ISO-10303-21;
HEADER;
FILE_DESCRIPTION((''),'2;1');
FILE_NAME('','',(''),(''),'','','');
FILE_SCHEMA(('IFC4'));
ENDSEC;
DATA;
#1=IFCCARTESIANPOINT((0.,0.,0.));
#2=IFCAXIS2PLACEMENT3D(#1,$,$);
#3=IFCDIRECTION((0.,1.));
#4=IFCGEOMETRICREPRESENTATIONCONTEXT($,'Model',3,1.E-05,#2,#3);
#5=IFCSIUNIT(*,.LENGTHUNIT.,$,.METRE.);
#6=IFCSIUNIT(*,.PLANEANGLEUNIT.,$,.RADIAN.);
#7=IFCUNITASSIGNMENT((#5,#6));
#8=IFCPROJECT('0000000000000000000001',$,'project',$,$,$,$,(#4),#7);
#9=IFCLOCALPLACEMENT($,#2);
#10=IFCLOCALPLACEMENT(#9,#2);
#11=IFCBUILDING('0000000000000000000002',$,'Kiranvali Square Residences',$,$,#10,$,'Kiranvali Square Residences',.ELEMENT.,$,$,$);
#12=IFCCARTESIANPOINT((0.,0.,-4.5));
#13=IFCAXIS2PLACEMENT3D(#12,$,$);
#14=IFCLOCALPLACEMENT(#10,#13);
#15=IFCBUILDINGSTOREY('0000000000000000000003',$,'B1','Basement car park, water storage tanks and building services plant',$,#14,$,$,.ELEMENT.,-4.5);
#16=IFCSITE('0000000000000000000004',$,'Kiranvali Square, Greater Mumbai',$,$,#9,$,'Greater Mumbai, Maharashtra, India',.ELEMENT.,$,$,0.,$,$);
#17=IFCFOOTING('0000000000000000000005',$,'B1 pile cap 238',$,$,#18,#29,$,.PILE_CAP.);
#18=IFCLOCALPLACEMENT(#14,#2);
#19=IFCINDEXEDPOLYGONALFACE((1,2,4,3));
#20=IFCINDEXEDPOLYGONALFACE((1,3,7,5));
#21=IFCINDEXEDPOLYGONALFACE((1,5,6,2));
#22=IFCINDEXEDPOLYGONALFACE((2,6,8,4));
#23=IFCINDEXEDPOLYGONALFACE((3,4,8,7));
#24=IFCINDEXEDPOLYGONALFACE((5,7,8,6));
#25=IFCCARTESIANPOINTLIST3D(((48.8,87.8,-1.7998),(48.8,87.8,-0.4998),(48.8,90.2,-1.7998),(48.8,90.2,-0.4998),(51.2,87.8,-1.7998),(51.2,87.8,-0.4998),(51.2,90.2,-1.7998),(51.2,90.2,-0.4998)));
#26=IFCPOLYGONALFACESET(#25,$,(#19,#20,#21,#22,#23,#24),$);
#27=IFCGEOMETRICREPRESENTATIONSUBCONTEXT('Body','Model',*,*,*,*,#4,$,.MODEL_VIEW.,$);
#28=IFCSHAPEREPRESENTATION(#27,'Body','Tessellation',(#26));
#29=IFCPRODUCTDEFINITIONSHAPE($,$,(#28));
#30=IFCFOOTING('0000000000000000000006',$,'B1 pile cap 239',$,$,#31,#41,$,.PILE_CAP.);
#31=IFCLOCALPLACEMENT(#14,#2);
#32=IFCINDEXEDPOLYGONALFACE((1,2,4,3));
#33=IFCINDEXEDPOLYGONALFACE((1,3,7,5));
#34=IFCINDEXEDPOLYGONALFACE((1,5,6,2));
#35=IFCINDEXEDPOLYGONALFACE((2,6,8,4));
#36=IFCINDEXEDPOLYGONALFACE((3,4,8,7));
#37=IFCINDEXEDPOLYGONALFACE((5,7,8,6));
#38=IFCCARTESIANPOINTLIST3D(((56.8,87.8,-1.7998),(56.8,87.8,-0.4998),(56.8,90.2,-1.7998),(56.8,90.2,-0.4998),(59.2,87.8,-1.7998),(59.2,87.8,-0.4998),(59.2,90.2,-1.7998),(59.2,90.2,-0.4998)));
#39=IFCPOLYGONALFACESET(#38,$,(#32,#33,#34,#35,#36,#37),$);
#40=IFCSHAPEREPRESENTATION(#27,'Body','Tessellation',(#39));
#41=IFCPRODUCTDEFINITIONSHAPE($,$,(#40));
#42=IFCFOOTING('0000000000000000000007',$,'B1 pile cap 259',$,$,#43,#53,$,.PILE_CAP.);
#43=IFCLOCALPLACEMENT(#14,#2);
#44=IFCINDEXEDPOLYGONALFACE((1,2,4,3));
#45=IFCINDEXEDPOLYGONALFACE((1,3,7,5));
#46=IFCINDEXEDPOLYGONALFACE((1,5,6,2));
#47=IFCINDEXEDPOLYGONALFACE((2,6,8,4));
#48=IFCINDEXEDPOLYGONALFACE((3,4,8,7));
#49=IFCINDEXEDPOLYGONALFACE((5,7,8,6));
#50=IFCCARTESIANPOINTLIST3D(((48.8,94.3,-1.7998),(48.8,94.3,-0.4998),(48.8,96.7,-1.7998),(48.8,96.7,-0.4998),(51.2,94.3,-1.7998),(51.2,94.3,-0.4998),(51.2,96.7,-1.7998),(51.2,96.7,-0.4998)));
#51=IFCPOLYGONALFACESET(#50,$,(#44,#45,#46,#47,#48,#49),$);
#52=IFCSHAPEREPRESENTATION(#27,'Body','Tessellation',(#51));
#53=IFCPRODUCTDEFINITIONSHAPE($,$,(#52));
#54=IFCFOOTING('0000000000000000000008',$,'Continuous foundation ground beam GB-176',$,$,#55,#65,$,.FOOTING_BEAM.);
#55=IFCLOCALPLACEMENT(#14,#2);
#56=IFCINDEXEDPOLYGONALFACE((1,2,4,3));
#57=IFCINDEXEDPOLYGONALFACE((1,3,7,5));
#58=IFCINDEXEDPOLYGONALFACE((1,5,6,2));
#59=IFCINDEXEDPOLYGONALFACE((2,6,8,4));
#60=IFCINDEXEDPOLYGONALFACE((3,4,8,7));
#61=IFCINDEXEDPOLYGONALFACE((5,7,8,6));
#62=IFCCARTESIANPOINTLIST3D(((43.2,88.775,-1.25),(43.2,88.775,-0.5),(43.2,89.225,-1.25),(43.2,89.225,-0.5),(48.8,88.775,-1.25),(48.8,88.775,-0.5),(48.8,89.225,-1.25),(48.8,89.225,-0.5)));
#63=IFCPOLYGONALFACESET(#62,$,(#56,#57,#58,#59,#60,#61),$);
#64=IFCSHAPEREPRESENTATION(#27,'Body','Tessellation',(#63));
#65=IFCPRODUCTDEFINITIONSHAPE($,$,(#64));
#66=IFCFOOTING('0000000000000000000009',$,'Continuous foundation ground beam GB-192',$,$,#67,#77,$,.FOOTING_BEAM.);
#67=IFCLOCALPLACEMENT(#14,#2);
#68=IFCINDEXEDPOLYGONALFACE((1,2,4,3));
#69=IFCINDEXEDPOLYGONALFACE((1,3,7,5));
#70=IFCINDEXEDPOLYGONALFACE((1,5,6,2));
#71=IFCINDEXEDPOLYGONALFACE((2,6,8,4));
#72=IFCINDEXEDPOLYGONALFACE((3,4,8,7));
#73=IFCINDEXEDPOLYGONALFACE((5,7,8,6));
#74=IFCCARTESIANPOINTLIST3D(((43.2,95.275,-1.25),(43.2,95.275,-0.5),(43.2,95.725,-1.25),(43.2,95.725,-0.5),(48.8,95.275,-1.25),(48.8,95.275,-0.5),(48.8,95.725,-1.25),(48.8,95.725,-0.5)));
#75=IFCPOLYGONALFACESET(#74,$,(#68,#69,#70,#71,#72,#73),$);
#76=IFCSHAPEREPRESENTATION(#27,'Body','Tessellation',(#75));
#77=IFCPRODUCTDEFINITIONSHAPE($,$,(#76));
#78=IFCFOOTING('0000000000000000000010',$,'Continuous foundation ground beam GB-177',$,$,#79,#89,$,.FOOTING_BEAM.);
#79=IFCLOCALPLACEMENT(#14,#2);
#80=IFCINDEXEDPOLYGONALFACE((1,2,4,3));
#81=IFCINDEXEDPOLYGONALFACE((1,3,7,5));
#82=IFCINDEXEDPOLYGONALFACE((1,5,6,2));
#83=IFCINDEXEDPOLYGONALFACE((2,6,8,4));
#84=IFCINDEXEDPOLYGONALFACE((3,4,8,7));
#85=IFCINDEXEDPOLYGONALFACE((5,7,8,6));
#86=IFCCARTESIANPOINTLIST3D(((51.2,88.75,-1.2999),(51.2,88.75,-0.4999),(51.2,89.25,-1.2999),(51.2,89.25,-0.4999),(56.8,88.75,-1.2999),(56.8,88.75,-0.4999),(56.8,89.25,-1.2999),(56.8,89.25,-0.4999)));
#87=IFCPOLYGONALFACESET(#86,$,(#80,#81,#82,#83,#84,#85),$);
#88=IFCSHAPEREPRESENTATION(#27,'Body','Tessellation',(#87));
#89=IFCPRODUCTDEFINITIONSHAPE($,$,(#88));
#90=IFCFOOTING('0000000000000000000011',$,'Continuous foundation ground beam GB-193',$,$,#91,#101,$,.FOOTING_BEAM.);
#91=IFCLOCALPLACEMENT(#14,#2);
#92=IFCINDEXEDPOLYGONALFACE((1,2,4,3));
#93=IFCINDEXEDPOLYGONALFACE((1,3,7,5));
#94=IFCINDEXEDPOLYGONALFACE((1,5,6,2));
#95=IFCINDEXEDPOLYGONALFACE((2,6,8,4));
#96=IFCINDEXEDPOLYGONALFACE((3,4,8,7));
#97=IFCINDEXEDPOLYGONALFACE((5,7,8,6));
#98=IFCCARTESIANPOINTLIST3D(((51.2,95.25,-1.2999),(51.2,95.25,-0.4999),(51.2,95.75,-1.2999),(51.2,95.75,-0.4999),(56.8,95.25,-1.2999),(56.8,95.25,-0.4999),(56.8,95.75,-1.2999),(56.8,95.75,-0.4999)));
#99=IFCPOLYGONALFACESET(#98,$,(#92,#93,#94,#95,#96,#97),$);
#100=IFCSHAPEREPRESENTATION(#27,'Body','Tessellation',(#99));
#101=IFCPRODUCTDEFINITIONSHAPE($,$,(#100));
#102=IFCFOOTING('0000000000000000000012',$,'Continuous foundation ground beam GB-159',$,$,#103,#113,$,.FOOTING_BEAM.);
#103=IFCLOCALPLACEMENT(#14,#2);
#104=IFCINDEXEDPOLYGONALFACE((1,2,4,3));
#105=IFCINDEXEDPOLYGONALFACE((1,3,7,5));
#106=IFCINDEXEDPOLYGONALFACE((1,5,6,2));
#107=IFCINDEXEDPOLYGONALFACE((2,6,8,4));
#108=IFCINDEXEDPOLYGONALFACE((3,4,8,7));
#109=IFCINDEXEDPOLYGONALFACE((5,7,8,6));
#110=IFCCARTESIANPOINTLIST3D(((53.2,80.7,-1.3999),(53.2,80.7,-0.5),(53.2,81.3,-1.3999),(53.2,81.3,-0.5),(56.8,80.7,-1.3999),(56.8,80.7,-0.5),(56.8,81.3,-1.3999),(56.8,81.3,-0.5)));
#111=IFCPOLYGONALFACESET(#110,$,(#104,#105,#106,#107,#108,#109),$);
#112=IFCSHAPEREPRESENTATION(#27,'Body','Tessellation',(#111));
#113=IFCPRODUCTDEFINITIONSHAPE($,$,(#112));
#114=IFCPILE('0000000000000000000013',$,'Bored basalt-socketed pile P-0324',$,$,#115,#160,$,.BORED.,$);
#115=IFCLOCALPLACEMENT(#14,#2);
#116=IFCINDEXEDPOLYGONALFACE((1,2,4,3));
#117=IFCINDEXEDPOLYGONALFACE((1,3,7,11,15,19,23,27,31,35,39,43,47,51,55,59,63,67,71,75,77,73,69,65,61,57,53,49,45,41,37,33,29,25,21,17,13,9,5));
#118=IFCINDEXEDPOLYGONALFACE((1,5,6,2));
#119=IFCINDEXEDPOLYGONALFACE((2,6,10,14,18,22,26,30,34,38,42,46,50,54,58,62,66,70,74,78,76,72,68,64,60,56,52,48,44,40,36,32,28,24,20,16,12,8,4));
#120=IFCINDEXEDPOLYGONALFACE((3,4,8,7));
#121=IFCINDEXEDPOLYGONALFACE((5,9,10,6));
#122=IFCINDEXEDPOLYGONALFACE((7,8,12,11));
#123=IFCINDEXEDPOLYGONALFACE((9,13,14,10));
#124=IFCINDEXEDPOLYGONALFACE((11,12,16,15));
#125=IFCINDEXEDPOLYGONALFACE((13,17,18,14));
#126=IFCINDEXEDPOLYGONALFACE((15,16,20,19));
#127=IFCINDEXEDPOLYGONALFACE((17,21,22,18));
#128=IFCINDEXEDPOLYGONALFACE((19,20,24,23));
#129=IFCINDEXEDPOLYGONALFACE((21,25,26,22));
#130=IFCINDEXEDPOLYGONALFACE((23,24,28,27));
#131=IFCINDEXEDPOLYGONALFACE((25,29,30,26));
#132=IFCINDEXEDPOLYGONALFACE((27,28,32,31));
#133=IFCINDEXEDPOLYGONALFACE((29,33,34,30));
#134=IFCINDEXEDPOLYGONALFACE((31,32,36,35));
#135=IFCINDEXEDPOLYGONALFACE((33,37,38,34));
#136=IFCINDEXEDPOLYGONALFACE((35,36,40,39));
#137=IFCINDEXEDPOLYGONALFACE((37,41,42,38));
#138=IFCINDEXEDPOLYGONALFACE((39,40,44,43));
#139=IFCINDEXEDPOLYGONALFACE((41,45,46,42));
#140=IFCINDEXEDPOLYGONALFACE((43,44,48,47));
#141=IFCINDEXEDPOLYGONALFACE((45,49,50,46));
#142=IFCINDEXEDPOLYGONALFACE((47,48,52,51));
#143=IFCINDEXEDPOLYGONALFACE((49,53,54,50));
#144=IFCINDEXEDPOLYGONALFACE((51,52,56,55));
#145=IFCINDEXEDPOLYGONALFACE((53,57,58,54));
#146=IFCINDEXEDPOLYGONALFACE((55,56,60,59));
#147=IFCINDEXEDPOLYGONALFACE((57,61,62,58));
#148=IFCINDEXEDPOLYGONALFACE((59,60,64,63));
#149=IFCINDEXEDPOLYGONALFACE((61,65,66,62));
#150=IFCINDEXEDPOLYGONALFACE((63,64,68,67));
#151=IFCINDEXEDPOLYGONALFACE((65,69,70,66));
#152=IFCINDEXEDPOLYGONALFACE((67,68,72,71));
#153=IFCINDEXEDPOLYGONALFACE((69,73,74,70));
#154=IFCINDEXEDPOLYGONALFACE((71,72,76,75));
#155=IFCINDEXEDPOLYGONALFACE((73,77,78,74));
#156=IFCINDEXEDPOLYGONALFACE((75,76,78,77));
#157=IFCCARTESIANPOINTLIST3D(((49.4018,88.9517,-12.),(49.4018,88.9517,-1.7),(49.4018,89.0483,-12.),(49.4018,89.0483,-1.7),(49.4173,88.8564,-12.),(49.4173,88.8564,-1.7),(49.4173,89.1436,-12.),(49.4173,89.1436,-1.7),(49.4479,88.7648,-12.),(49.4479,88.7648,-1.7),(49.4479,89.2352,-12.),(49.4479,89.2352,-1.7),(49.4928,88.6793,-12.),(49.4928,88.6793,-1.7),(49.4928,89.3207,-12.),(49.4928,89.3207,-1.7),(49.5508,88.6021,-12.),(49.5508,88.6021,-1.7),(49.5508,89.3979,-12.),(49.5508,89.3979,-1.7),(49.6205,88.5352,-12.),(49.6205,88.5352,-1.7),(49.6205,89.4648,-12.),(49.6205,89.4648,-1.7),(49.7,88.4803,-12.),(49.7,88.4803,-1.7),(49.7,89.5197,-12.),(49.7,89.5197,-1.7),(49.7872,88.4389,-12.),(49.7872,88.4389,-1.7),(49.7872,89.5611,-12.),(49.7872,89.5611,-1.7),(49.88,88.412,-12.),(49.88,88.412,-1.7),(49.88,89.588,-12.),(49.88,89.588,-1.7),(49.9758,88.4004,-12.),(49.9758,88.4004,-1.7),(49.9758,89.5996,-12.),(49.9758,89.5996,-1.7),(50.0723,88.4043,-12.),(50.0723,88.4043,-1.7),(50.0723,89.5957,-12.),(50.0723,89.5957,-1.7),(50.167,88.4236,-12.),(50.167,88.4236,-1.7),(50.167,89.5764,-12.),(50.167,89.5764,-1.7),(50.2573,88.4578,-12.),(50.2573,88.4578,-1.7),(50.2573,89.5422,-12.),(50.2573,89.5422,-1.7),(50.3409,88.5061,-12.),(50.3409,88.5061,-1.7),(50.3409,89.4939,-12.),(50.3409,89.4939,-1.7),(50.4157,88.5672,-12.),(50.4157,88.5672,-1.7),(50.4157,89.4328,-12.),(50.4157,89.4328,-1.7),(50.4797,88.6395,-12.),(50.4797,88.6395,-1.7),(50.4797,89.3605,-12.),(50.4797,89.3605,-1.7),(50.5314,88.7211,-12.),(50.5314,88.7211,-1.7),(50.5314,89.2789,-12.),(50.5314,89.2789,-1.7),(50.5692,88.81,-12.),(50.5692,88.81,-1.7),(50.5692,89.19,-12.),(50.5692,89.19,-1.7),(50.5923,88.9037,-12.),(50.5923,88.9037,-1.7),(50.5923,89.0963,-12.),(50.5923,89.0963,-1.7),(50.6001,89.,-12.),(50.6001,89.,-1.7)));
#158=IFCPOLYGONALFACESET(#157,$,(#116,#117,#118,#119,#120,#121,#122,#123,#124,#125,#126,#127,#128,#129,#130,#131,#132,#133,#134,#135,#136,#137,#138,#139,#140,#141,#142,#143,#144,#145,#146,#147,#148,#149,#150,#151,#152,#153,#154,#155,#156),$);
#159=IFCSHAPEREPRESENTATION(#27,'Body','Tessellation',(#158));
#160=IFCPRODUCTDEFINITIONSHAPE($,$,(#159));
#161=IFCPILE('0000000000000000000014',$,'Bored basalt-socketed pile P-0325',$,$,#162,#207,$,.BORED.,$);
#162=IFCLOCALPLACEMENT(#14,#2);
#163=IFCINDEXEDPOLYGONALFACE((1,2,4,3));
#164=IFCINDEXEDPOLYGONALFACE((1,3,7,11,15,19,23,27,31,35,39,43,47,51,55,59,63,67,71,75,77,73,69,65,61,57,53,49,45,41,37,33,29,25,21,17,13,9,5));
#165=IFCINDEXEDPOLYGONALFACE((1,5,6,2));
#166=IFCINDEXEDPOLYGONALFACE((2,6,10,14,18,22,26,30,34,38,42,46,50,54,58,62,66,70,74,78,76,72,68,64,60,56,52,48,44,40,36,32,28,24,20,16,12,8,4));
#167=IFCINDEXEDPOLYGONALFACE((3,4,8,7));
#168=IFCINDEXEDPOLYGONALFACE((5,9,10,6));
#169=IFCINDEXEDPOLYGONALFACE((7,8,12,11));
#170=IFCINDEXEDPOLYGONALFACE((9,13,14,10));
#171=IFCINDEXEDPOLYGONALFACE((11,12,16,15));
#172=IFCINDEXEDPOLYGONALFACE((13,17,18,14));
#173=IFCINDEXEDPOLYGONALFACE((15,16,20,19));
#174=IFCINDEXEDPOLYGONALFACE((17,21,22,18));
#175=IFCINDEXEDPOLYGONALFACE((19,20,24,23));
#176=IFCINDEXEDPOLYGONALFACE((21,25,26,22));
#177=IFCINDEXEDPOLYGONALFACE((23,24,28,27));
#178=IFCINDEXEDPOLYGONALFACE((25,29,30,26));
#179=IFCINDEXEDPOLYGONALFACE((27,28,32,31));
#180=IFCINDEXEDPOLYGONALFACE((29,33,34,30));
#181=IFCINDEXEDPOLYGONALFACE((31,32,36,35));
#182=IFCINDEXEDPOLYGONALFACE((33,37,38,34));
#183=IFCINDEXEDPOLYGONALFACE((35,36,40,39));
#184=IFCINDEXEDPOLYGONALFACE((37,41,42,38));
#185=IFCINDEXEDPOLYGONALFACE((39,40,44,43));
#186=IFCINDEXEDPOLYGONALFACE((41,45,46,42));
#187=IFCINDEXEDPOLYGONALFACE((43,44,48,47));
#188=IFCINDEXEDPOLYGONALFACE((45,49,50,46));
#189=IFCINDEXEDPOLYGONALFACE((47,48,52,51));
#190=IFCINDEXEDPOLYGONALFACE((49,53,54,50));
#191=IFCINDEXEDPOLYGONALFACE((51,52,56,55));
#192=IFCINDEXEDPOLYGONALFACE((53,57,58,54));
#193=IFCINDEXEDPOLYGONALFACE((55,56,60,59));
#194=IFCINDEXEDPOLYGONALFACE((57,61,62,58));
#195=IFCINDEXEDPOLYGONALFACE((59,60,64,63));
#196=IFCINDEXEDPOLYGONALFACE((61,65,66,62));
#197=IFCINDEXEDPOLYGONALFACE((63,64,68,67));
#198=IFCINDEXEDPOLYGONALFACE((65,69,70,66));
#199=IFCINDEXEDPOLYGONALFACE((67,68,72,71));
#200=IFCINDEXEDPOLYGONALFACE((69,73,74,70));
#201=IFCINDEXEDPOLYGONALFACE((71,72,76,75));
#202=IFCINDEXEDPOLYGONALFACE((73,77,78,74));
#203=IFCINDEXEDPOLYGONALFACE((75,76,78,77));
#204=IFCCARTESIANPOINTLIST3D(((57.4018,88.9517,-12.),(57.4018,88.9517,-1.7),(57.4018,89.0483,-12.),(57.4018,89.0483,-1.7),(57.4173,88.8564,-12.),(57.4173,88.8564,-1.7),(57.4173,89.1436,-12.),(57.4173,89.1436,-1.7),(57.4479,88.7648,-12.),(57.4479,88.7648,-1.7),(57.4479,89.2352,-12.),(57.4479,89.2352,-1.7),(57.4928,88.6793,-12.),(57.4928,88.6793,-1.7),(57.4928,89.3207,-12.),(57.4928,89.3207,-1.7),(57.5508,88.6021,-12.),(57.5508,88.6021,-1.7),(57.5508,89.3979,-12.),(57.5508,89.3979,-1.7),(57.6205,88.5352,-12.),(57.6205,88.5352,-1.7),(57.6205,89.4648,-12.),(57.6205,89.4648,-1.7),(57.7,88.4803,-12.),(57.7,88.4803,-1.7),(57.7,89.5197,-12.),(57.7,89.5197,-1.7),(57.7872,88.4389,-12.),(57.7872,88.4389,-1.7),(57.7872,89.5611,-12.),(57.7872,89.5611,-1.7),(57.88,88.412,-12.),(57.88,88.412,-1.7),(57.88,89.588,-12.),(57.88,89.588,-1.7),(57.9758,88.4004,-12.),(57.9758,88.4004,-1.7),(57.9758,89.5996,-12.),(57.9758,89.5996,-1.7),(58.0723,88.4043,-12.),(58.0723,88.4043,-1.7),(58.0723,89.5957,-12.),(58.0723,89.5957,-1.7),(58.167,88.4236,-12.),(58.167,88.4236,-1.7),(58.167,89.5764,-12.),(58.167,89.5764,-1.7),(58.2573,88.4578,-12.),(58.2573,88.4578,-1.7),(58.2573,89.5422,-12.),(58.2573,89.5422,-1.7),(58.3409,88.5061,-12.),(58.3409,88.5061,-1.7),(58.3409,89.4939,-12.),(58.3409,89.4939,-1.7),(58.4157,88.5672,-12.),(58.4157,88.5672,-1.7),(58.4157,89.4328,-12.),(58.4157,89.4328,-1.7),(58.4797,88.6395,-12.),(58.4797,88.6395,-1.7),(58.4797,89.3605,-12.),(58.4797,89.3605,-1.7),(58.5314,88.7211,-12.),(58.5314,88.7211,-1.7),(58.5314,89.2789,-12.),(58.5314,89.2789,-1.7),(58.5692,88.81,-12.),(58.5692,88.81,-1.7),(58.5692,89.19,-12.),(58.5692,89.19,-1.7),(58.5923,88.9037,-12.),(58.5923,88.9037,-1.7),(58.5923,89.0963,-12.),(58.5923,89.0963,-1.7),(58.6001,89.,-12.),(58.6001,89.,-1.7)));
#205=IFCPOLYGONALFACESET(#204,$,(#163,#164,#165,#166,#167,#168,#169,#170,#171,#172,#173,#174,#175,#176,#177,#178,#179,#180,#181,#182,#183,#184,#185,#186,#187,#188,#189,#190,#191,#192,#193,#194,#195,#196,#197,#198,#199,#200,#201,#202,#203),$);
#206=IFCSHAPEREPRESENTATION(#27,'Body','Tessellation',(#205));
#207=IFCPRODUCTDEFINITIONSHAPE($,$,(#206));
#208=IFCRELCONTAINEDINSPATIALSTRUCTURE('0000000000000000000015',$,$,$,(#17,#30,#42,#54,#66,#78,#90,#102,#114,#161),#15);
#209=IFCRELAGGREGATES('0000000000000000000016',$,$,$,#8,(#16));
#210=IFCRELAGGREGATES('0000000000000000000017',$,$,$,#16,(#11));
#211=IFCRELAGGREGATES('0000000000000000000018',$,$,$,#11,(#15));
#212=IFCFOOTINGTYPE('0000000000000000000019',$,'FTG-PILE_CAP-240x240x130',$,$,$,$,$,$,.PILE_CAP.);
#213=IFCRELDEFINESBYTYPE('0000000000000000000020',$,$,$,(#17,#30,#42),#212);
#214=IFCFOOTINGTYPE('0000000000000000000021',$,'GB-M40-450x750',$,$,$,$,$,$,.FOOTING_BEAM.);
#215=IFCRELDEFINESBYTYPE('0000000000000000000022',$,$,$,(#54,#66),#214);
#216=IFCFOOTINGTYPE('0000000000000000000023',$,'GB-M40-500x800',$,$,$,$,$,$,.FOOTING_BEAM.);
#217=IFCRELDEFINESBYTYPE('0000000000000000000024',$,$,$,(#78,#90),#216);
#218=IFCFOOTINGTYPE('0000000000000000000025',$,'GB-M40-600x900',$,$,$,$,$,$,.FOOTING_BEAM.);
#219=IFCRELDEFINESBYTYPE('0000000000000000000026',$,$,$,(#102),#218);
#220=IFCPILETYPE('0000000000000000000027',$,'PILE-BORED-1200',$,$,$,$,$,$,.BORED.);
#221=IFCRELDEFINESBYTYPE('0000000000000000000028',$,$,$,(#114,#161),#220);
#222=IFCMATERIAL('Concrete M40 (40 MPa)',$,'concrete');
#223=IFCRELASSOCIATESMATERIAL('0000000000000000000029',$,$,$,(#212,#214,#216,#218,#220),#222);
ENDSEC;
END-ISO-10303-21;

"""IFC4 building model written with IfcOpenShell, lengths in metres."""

from ifc_helpers import new_model, si_unit, direction, frame, origin, origin_2d, place, context, subcontext, project, spatial, rectangle, circle, extrude, material, material_profile, profile_set, type_object, element, save


model = new_model("IFC4")

# Units and contexts
model_context = context("Model", 3, precision=1e-05, world=origin(), true_north=direction((0.0, 1.0)))
body_context = subcontext(model_context, "Body", "Model", "MODEL_VIEW")
ifc_project = project(units=[si_unit("LENGTHUNIT", "METRE"), si_unit("PLANEANGLEUNIT", "RADIAN")], contexts=[model_context])

# Site, building, storey
site_placement = place(None, origin())
site = spatial("IfcSite", under=ifc_project, at=site_placement, Name="Kiranvali Square, Greater Mumbai", LongName="Greater Mumbai, Maharashtra, India", CompositionType="ELEMENT", RefElevation=0.0)
building_placement = place(site_placement, origin())
building = spatial("IfcBuilding", under=site, at=building_placement, Name="Kiranvali Square Residences", LongName="Kiranvali Square Residences", CompositionType="ELEMENT")
storey_placement = place(building_placement, frame((0.0, 0.0, -4.5)))
storey = spatial("IfcBuildingStorey", under=building, at=storey_placement, Name="B1", Description="Basement car park, water storage tanks and building services plant", CompositionType="ELEMENT", Elevation=-4.5)

# Footings
ifc_material_1 = material(Name="Concrete M40 (40 MPa)", Category="concrete")
footing_type_1 = type_object("IfcFootingType", Name="FTG-PILE_CAP-240x240x130", PredefinedType="PILE_CAP", material=ifc_material_1)
for number, where, z_axis, x_axis, name in (
    (1, (50.0, 89.0, -1.7998), (0.0, 0.0, 1.0), (1.0, 0.0, 0.0), "B1 pile cap 238"),
    (2, (58.0, 89.0, -1.7998), (0.0, 0.0, 1.0), (1.0, 0.0, 0.0), "B1 pile cap 239"),
    (3, (50.0, 95.5, -1.7998), (0.0, 0.0, 1.0), (1.0, 0.0, 0.0), "B1 pile cap 259"),
):
    element("IfcFooting", number, at=place(storey_placement, frame(where, z_axis=z_axis, x_axis=x_axis)), inside=storey, type_object=footing_type_1, Name=name, PredefinedType="PILE_CAP", context=body_context, shape_type="SweptSolid", body=[
        extrude(rectangle(XDim=2.3999, YDim=2.3999, at=origin_2d()), origin(), (0.0, 0.0, 1.0), 1.3),
    ])
ifc_material_profile_1 = material_profile(ifc_material_1, rectangle(XDim=0.45, YDim=0.75, at=origin_2d()), Name="GB 450x750")
ifc_profile_set_1 = profile_set([ifc_material_profile_1], Name="Concrete M40 (40 MPa)")
footing_type_2 = type_object("IfcFootingType", Name="GB-M40-450x750", PredefinedType="FOOTING_BEAM", material=ifc_profile_set_1)
for number, where, z_axis, x_axis, name in (
    (4, (43.2, 89.0, -0.875), (1.0, 0.0, 0.0), (0.0, 1.0, 0.0), "Continuous foundation ground beam GB-176"),
    (5, (43.2, 95.5, -0.875), (1.0, 0.0, 0.0), (0.0, 1.0, 0.0), "Continuous foundation ground beam GB-192"),
):
    element("IfcFooting", number, at=place(storey_placement, frame(where, z_axis=z_axis, x_axis=x_axis)), inside=storey, type_object=footing_type_2, Name=name, PredefinedType="FOOTING_BEAM", context=body_context, shape_type="SweptSolid", body=[
        extrude(rectangle(XDim=0.45, YDim=0.75, at=origin_2d()), origin(), (0.0, 0.0, 1.0), 5.6001),
    ])
ifc_material_profile_2 = material_profile(ifc_material_1, rectangle(XDim=0.5, YDim=0.8, at=origin_2d()), Name="GB 500x800")
ifc_profile_set_2 = profile_set([ifc_material_profile_2], Name="Concrete M40 (40 MPa)")
footing_type_3 = type_object("IfcFootingType", Name="GB-M40-500x800", PredefinedType="FOOTING_BEAM", material=ifc_profile_set_2)
for number, where, z_axis, x_axis, name in (
    (6, (51.2, 89.0, -0.8999), (1.0, 0.0, 0.0), (0.0, 1.0, 0.0), "Continuous foundation ground beam GB-177"),
    (7, (51.2, 95.5, -0.8999), (1.0, 0.0, 0.0), (0.0, 1.0, 0.0), "Continuous foundation ground beam GB-193"),
):
    element("IfcFooting", number, at=place(storey_placement, frame(where, z_axis=z_axis, x_axis=x_axis)), inside=storey, type_object=footing_type_3, Name=name, PredefinedType="FOOTING_BEAM", context=body_context, shape_type="SweptSolid", body=[
        extrude(rectangle(XDim=0.5, YDim=0.8, at=origin_2d()), origin(), (0.0, 0.0, 1.0), 5.6001),
    ])
ifc_material_profile_3 = material_profile(ifc_material_1, rectangle(XDim=0.6001, YDim=0.8999, at=origin_2d()), Name="GB 600x900")
ifc_profile_set_3 = profile_set([ifc_material_profile_3], Name="Concrete M40 (40 MPa)")
footing_type_4 = type_object("IfcFootingType", Name="GB-M40-600x900", PredefinedType="FOOTING_BEAM", material=ifc_profile_set_3)
footing_placement = place(storey_placement, frame((53.2, 81.0, -0.95), z_axis=(1.0, 0.0, 0.0), x_axis=(0.0, 1.0, 0.0)))
element("IfcFooting", 8, at=footing_placement, inside=storey, type_object=footing_type_4, Name="Continuous foundation ground beam GB-159", PredefinedType="FOOTING_BEAM", context=body_context, shape_type="SweptSolid", body=[
    extrude(rectangle(XDim=0.6001, YDim=0.8999, at=origin_2d()), origin(), (0.0, 0.0, 1.0), 3.6001),
])

# Piles
ifc_material_profile_4 = material_profile(ifc_material_1, circle(Radius=0.6001, at=origin_2d()), Name="BORED PILE 1200")
ifc_profile_set_4 = profile_set([ifc_material_profile_4], Name="Concrete M40 (40 MPa)")
pile_type = type_object("IfcPileType", Name="PILE-BORED-1200", PredefinedType="BORED", material=ifc_profile_set_4)
for number, where, z_axis, x_axis, name in (
    (9, (50.0, 89.0, -1.7), (0.0, 0.0, -1.0), (1.0, 0.0, 0.0), "Bored basalt-socketed pile P-0324"),
    (10, (58.0, 89.0, -1.7), (0.0, 0.0, -1.0), (1.0, 0.0, 0.0), "Bored basalt-socketed pile P-0325"),
):
    element("IfcPile", number, at=place(storey_placement, frame(where, z_axis=z_axis, x_axis=x_axis)), inside=storey, type_object=pile_type, Name=name, PredefinedType="BORED", context=body_context, shape_type="SweptSolid", body=[
        extrude(circle(Radius=0.6001, at=origin_2d()), origin(), (0.0, 0.0, 1.0), 10.3),
    ])

save(model, "model.ifc")
